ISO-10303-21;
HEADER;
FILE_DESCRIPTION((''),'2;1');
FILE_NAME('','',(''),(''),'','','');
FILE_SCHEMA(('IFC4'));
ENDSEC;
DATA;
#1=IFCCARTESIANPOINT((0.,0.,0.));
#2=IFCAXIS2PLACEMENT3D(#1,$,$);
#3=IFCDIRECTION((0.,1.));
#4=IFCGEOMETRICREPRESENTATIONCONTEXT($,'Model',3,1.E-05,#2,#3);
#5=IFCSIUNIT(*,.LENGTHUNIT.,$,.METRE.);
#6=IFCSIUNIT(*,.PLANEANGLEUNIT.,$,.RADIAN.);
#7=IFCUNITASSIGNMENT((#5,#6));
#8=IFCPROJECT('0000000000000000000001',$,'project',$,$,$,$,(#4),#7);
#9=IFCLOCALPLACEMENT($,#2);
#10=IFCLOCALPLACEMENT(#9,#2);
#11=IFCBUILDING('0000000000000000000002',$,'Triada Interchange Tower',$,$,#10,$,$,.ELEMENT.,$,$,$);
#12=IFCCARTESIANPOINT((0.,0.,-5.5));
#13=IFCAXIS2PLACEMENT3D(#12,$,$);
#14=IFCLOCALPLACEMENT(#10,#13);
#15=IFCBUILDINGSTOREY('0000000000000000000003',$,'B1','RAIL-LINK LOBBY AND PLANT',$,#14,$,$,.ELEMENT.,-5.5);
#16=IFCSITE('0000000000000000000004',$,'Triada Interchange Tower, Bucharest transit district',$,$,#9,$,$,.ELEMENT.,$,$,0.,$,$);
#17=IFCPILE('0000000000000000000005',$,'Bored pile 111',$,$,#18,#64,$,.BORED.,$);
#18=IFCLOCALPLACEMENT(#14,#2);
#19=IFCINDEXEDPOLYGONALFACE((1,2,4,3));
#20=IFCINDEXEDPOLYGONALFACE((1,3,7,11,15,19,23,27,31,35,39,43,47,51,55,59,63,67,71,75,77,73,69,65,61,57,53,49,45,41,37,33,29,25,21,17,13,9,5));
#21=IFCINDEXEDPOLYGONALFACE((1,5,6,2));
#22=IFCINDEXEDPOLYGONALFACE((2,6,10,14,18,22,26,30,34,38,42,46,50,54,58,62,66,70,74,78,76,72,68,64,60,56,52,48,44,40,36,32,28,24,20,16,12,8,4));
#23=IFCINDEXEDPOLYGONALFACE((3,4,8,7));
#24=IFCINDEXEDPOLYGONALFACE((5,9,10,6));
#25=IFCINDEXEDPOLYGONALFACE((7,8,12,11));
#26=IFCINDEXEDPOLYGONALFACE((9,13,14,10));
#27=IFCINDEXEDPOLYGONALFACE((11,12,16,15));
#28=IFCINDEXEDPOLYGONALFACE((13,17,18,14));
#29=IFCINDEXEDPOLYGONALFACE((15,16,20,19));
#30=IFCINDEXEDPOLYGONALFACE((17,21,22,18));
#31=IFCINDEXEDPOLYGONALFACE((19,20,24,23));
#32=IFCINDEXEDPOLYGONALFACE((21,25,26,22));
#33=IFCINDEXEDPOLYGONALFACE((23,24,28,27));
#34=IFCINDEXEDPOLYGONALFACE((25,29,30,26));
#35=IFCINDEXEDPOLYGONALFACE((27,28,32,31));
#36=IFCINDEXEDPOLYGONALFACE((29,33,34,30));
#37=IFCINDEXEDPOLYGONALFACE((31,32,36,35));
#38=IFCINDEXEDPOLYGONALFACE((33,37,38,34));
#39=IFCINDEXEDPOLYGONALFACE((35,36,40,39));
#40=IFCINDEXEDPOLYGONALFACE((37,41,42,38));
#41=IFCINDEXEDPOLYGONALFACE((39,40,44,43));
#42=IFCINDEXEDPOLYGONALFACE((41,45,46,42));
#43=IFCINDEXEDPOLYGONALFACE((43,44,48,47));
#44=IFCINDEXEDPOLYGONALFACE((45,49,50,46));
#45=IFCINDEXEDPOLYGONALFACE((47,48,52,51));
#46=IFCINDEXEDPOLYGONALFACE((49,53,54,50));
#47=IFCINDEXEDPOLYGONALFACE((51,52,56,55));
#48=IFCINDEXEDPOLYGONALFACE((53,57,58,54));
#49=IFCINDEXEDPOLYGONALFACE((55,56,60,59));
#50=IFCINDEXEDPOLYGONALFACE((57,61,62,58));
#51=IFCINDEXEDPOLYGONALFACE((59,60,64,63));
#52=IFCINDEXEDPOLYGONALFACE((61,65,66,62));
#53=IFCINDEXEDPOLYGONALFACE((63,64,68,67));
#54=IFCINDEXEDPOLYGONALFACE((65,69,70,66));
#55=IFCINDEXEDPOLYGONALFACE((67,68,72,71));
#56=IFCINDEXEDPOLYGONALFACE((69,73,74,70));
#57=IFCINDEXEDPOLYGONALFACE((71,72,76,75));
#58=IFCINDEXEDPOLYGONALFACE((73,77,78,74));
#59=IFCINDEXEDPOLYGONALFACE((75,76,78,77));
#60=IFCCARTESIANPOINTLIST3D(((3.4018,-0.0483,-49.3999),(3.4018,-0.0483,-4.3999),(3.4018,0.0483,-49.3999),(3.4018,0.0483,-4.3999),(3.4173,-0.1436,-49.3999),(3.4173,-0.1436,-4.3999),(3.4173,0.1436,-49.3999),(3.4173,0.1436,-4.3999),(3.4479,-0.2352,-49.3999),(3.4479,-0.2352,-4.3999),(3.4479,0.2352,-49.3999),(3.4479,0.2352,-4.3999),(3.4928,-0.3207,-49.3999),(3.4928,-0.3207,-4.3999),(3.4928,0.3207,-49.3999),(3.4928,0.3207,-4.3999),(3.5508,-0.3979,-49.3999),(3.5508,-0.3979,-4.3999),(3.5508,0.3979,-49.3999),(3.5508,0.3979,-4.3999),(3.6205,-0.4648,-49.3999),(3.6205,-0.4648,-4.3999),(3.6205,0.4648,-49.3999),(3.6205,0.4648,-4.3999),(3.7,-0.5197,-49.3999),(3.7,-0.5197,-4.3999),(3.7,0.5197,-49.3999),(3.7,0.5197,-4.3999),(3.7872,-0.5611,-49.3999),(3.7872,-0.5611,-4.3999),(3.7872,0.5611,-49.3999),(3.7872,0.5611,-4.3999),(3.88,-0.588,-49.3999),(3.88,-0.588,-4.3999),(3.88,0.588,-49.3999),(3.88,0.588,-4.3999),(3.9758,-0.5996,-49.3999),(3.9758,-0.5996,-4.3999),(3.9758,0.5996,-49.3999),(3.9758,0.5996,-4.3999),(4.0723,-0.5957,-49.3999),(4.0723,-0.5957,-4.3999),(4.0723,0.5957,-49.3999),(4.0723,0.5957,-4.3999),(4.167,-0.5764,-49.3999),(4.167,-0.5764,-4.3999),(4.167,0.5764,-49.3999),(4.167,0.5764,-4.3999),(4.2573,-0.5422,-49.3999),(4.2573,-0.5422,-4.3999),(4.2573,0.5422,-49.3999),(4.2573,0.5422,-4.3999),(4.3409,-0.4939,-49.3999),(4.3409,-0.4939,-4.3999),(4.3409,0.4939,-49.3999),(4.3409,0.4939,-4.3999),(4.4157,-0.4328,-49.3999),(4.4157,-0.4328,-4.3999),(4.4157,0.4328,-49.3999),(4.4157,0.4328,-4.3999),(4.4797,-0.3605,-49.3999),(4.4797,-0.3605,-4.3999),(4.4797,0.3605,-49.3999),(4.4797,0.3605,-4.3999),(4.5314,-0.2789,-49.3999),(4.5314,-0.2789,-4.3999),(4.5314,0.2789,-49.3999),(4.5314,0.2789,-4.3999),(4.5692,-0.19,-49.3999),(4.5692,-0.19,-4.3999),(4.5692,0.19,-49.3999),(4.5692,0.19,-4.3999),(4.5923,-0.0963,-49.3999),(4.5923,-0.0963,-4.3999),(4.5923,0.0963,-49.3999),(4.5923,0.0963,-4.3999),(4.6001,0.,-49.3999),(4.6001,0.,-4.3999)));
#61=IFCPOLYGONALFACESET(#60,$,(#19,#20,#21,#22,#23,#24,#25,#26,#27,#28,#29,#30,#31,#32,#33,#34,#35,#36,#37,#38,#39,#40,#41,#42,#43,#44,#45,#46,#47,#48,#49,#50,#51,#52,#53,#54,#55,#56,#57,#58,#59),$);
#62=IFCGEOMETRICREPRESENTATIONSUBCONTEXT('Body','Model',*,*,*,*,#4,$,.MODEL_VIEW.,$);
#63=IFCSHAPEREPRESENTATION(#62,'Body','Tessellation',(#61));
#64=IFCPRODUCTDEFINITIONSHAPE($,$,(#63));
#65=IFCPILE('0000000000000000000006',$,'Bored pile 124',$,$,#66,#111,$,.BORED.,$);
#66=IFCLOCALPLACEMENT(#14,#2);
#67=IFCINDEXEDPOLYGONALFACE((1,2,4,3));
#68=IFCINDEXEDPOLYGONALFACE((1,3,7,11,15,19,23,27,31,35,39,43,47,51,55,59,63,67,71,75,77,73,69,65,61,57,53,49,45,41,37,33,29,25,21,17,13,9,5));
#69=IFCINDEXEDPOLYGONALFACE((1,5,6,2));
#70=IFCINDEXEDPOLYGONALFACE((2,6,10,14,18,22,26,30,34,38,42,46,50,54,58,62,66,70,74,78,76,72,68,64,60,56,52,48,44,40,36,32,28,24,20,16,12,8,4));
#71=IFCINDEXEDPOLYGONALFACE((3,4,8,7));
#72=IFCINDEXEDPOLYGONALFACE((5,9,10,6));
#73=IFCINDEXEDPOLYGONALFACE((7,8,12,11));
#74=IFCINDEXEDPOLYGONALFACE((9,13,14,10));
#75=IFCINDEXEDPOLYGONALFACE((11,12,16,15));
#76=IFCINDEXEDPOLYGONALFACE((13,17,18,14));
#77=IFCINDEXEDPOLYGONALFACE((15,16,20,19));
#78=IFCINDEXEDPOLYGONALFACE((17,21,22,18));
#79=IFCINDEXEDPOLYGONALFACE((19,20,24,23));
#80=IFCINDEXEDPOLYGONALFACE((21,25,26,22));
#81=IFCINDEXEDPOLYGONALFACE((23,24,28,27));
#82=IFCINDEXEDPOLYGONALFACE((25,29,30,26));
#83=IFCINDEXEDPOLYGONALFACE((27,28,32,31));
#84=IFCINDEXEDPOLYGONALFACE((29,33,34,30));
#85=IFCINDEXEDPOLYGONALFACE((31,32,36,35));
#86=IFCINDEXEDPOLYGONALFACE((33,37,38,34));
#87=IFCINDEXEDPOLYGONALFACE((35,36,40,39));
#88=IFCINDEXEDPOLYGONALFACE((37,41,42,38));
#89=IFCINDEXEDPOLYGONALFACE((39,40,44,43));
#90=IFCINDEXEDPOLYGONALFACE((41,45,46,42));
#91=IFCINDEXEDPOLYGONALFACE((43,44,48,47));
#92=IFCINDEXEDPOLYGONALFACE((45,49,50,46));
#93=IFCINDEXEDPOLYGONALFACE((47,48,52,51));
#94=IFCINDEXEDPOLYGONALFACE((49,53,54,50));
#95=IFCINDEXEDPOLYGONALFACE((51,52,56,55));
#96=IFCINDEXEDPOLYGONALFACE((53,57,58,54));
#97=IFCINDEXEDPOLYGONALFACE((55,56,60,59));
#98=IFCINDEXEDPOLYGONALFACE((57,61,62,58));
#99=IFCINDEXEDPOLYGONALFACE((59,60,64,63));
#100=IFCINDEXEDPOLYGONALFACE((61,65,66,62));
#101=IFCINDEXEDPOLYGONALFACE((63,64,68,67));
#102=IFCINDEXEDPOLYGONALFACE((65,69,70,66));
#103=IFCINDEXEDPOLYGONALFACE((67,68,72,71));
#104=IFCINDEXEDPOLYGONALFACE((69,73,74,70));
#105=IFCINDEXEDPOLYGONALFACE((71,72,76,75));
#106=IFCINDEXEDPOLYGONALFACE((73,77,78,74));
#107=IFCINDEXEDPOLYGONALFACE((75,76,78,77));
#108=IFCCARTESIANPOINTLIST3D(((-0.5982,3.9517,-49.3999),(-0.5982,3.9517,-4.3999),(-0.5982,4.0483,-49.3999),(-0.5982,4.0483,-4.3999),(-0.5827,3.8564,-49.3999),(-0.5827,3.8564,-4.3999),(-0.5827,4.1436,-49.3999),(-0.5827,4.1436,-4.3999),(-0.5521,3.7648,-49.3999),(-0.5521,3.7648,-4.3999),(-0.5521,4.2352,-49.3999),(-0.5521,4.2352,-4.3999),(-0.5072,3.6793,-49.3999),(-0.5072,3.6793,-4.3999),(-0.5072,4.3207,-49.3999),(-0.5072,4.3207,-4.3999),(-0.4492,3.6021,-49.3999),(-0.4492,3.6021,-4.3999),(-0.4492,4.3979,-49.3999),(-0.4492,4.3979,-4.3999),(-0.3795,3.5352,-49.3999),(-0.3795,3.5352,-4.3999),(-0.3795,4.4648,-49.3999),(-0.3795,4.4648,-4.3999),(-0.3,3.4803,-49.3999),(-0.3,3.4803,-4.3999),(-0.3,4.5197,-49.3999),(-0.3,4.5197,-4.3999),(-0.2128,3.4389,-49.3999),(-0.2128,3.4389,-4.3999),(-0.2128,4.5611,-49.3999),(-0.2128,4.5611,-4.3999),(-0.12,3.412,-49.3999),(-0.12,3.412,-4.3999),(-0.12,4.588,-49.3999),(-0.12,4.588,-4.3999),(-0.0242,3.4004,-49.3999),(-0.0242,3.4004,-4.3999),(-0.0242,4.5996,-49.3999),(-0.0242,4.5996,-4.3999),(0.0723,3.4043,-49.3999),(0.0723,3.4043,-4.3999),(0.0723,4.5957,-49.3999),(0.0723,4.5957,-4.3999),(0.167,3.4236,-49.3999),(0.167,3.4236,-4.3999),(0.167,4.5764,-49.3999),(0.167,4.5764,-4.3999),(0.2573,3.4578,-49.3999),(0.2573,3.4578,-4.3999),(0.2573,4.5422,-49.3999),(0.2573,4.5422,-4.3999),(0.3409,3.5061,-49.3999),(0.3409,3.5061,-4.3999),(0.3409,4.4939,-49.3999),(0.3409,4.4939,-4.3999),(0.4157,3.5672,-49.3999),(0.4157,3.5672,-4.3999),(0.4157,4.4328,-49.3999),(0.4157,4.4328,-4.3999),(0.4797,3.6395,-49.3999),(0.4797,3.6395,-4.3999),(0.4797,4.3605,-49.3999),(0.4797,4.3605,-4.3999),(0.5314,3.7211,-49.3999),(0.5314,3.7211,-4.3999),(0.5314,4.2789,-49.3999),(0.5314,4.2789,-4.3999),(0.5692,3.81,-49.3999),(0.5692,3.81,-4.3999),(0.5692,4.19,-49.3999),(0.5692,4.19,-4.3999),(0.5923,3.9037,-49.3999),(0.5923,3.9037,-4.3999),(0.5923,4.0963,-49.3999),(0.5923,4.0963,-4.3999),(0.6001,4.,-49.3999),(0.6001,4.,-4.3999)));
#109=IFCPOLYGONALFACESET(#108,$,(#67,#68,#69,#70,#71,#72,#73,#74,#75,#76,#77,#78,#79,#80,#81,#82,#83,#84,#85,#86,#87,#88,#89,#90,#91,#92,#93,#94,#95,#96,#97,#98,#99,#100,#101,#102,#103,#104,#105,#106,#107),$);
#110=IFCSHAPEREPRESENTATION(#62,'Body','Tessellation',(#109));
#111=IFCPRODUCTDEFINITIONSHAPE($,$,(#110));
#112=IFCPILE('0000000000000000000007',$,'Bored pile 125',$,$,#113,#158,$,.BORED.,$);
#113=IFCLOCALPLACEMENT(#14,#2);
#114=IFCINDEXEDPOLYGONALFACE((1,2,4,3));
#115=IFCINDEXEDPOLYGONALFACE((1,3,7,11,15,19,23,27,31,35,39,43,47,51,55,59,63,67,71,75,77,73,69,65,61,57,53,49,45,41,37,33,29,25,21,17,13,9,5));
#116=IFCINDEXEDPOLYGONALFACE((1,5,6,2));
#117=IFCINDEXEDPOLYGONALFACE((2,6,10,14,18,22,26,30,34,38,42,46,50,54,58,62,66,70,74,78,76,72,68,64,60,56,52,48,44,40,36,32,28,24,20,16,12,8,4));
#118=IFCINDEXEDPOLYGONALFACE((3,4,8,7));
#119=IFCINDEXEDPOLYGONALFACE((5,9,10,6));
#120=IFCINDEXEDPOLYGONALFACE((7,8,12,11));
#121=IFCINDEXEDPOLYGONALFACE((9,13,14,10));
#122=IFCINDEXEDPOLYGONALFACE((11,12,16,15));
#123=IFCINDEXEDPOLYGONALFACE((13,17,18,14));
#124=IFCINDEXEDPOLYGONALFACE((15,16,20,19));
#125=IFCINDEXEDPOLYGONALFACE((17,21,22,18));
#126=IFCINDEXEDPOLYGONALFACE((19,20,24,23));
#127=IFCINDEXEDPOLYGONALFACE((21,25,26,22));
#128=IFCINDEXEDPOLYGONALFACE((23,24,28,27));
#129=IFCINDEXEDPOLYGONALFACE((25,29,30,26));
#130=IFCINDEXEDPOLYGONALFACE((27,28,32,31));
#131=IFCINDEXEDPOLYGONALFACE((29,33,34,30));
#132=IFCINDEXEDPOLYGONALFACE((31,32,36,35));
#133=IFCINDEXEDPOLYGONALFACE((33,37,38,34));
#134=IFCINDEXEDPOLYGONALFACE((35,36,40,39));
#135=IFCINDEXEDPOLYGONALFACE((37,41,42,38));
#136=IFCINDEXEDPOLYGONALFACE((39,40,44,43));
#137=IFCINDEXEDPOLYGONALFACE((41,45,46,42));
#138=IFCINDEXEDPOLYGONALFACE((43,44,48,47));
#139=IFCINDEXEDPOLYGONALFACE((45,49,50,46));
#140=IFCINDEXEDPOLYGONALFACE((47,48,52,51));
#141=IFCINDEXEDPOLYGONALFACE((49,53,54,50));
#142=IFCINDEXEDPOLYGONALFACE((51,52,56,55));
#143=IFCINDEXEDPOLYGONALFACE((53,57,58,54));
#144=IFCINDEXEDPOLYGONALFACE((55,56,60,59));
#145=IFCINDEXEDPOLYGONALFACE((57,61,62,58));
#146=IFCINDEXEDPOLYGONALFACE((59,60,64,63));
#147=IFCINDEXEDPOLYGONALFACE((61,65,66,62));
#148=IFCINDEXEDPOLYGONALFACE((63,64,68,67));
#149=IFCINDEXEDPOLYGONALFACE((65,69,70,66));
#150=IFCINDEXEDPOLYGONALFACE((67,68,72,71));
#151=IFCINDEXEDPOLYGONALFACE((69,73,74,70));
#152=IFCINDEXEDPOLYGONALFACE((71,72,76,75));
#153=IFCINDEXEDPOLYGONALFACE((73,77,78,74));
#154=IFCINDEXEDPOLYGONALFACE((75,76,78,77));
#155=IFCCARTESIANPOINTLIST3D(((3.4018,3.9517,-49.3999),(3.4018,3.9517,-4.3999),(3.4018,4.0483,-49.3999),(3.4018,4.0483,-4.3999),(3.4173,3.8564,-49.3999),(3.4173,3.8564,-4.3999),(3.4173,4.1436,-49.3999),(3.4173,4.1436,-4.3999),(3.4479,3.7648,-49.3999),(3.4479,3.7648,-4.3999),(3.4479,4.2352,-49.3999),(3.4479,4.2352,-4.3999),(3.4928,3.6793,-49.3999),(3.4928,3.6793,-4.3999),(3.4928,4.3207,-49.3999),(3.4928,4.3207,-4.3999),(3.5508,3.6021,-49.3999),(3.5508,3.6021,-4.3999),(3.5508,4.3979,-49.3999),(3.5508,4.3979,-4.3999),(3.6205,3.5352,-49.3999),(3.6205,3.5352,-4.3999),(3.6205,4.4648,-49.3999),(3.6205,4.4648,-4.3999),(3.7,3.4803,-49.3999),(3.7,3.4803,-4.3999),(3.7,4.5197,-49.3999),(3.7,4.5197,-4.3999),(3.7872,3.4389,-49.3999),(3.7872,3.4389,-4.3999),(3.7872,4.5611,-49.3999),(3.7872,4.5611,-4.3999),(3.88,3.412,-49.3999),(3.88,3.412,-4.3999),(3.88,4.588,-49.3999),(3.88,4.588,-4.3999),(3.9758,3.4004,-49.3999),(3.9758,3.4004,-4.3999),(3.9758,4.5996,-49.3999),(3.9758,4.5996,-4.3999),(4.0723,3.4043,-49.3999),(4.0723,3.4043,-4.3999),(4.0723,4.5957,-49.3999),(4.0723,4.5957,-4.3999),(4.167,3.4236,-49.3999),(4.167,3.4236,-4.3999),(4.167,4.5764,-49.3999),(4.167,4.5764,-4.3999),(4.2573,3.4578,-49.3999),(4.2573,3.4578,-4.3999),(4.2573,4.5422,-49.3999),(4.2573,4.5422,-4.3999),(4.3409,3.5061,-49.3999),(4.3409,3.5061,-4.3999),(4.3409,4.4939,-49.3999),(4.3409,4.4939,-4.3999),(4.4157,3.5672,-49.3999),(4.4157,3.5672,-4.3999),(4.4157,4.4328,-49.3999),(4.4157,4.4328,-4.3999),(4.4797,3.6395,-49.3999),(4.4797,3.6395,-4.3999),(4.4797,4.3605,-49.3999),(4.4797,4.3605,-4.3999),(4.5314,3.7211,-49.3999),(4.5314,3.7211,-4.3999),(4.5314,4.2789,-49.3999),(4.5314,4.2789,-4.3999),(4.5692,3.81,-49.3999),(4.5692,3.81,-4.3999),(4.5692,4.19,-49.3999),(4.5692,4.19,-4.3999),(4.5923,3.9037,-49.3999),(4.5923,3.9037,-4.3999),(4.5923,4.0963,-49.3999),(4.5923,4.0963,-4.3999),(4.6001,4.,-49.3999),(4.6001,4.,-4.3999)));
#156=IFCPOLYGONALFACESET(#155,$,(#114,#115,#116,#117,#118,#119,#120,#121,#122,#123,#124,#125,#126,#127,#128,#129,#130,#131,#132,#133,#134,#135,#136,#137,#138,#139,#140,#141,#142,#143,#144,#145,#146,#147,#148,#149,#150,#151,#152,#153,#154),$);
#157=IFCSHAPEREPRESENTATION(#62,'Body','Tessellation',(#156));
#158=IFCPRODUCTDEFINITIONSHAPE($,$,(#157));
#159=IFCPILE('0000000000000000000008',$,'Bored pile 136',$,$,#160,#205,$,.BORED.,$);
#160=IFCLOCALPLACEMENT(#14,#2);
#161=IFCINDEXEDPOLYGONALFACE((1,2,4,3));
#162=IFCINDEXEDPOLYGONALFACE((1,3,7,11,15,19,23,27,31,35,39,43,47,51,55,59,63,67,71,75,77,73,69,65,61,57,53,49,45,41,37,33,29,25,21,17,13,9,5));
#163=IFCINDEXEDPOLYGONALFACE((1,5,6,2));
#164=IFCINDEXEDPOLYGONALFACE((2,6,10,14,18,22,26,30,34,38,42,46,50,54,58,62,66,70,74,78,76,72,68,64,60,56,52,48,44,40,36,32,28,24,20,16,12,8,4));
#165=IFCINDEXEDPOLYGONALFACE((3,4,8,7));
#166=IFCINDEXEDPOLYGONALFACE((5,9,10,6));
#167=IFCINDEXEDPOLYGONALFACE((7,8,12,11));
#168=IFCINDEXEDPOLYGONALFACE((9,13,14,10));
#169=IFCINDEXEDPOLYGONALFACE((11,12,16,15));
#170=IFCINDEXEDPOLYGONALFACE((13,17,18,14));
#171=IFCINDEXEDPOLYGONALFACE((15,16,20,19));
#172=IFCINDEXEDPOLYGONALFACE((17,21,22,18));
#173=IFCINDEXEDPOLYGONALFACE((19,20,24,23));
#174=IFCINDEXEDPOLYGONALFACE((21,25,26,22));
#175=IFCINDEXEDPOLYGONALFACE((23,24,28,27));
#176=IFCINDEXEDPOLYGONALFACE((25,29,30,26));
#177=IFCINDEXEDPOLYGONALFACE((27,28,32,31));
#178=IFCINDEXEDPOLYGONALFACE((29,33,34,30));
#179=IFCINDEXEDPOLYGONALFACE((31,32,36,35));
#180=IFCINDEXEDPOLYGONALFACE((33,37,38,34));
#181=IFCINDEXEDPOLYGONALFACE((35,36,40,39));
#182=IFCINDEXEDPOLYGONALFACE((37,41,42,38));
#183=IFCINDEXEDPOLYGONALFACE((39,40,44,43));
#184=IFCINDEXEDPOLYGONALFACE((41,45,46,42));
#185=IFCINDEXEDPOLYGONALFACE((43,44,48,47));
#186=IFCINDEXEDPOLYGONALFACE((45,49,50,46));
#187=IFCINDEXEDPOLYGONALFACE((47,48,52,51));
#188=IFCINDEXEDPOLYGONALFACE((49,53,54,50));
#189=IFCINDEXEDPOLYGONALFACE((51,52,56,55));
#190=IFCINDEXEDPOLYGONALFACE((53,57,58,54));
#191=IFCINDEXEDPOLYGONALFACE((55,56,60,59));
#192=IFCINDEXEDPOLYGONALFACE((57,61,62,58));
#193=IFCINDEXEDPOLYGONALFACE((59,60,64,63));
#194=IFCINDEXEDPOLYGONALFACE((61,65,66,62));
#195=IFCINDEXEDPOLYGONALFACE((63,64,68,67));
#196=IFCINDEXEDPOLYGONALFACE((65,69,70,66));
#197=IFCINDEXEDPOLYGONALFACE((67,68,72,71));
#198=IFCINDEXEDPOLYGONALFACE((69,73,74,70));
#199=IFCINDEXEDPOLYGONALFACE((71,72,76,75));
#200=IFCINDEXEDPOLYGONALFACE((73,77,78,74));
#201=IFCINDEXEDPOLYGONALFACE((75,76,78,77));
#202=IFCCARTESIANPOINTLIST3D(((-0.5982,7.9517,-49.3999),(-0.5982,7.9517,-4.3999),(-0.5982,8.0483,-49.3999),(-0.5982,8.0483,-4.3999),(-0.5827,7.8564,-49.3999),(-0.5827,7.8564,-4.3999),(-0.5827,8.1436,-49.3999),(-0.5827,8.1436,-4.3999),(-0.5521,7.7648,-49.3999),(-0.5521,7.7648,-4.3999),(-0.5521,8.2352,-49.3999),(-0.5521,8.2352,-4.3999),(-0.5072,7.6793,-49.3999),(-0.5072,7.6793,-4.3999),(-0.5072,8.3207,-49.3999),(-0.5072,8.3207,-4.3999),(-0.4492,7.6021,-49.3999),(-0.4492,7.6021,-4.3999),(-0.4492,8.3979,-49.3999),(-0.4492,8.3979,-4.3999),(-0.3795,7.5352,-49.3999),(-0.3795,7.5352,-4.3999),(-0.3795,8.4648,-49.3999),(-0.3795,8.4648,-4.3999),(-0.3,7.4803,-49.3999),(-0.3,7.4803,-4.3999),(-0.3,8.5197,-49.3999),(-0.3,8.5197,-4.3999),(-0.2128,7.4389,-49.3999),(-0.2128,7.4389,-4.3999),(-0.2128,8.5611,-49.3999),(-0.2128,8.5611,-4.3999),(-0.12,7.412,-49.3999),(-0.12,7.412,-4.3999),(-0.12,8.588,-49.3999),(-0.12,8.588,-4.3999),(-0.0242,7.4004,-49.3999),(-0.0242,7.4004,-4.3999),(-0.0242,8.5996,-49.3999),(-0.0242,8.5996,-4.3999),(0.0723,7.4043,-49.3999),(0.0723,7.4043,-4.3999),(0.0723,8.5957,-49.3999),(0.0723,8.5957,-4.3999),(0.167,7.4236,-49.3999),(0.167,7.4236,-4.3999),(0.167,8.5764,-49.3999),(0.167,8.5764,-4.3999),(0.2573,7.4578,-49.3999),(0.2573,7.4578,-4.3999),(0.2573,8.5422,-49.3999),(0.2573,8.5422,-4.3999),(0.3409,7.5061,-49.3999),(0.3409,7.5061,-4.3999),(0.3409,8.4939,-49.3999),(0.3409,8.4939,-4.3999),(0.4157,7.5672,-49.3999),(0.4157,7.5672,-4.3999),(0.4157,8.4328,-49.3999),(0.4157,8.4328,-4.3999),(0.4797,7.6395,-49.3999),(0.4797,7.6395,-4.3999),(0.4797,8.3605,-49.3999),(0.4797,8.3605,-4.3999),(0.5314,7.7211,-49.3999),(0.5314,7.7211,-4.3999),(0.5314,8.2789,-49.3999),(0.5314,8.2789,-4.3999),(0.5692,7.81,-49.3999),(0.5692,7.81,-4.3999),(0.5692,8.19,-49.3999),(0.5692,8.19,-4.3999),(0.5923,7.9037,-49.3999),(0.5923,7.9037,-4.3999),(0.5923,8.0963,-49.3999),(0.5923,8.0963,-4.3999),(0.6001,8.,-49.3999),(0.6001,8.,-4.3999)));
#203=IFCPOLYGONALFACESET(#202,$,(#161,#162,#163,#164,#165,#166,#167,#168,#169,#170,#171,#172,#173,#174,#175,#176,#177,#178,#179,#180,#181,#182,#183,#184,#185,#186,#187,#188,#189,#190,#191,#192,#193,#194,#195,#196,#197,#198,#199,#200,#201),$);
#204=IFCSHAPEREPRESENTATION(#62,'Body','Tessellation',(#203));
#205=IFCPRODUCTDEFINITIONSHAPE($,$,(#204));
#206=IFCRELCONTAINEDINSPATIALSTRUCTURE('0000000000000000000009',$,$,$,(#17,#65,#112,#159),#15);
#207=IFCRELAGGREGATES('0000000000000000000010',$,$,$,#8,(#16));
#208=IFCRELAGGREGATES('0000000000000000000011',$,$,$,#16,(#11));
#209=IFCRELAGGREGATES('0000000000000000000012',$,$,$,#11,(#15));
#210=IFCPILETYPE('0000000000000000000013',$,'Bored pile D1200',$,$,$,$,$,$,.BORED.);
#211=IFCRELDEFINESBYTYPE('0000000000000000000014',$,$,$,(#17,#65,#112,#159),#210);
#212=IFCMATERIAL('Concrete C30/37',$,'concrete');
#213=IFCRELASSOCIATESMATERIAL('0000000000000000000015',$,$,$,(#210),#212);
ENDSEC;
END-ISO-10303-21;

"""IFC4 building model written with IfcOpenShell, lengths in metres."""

from ifc_helpers import new_model, si_unit, direction, frame, origin, origin_2d, place, context, subcontext, project, spatial, circle, extrude, material, material_profile, profile_set, type_object, element, save


model = new_model("IFC4")

# Units and contexts
model_context = context("Model", 3, precision=1e-05, world=origin(), true_north=direction((0.0, 1.0)))
body_context = subcontext(model_context, "Body", "Model", "MODEL_VIEW")
ifc_project = project(units=[si_unit("LENGTHUNIT", "METRE"), si_unit("PLANEANGLEUNIT", "RADIAN")], contexts=[model_context])

# Site, building, storey
site_placement = place(None, origin())
site = spatial("IfcSite", under=ifc_project, at=site_placement, Name="Triada Interchange Tower, Bucharest transit district", CompositionType="ELEMENT", RefElevation=0.0)
building_placement = place(site_placement, origin())
building = spatial("IfcBuilding", under=site, at=building_placement, Name="Triada Interchange Tower", CompositionType="ELEMENT")
storey_placement = place(building_placement, frame((0.0, 0.0, -5.5)))
storey = spatial("IfcBuildingStorey", under=building, at=storey_placement, Name="B1", Description="RAIL-LINK LOBBY AND PLANT", CompositionType="ELEMENT", Elevation=-5.5)

# Piles
ifc_material_1 = material(Name="Concrete C30/37", Category="concrete")
ifc_material_profile = material_profile(ifc_material_1, circle(Radius=0.6001, at=origin_2d()), Name="RC D1200")
ifc_profile_set = profile_set([ifc_material_profile], Name="Concrete C30/37")
pile_type = type_object("IfcPileType", Name="Bored pile D1200", PredefinedType="BORED", material=ifc_profile_set)
for number, where, z_axis, x_axis, name in (
    (1, (4.0, 0.0, -4.3999), (0.0, 0.0, -1.0), (1.0, 0.0, 0.0), "Bored pile 111"),
    (2, (0.0, 4.0, -4.3999), (0.0, 0.0, -1.0), (1.0, 0.0, 0.0), "Bored pile 124"),
    (3, (4.0, 4.0, -4.3999), (0.0, 0.0, -1.0), (1.0, 0.0, 0.0), "Bored pile 125"),
    (4, (0.0, 8.0, -4.3999), (0.0, 0.0, -1.0), (1.0, 0.0, 0.0), "Bored pile 136"),
):
    element("IfcPile", number, at=place(storey_placement, frame(where, z_axis=z_axis, x_axis=x_axis)), inside=storey, type_object=pile_type, Name=name, PredefinedType="BORED", context=body_context, shape_type="SweptSolid", body=[
        extrude(circle(Radius=0.6001, at=origin_2d()), origin(), (0.0, 0.0, 1.0), 45.0),
    ])

save(model, "model.ifc")
